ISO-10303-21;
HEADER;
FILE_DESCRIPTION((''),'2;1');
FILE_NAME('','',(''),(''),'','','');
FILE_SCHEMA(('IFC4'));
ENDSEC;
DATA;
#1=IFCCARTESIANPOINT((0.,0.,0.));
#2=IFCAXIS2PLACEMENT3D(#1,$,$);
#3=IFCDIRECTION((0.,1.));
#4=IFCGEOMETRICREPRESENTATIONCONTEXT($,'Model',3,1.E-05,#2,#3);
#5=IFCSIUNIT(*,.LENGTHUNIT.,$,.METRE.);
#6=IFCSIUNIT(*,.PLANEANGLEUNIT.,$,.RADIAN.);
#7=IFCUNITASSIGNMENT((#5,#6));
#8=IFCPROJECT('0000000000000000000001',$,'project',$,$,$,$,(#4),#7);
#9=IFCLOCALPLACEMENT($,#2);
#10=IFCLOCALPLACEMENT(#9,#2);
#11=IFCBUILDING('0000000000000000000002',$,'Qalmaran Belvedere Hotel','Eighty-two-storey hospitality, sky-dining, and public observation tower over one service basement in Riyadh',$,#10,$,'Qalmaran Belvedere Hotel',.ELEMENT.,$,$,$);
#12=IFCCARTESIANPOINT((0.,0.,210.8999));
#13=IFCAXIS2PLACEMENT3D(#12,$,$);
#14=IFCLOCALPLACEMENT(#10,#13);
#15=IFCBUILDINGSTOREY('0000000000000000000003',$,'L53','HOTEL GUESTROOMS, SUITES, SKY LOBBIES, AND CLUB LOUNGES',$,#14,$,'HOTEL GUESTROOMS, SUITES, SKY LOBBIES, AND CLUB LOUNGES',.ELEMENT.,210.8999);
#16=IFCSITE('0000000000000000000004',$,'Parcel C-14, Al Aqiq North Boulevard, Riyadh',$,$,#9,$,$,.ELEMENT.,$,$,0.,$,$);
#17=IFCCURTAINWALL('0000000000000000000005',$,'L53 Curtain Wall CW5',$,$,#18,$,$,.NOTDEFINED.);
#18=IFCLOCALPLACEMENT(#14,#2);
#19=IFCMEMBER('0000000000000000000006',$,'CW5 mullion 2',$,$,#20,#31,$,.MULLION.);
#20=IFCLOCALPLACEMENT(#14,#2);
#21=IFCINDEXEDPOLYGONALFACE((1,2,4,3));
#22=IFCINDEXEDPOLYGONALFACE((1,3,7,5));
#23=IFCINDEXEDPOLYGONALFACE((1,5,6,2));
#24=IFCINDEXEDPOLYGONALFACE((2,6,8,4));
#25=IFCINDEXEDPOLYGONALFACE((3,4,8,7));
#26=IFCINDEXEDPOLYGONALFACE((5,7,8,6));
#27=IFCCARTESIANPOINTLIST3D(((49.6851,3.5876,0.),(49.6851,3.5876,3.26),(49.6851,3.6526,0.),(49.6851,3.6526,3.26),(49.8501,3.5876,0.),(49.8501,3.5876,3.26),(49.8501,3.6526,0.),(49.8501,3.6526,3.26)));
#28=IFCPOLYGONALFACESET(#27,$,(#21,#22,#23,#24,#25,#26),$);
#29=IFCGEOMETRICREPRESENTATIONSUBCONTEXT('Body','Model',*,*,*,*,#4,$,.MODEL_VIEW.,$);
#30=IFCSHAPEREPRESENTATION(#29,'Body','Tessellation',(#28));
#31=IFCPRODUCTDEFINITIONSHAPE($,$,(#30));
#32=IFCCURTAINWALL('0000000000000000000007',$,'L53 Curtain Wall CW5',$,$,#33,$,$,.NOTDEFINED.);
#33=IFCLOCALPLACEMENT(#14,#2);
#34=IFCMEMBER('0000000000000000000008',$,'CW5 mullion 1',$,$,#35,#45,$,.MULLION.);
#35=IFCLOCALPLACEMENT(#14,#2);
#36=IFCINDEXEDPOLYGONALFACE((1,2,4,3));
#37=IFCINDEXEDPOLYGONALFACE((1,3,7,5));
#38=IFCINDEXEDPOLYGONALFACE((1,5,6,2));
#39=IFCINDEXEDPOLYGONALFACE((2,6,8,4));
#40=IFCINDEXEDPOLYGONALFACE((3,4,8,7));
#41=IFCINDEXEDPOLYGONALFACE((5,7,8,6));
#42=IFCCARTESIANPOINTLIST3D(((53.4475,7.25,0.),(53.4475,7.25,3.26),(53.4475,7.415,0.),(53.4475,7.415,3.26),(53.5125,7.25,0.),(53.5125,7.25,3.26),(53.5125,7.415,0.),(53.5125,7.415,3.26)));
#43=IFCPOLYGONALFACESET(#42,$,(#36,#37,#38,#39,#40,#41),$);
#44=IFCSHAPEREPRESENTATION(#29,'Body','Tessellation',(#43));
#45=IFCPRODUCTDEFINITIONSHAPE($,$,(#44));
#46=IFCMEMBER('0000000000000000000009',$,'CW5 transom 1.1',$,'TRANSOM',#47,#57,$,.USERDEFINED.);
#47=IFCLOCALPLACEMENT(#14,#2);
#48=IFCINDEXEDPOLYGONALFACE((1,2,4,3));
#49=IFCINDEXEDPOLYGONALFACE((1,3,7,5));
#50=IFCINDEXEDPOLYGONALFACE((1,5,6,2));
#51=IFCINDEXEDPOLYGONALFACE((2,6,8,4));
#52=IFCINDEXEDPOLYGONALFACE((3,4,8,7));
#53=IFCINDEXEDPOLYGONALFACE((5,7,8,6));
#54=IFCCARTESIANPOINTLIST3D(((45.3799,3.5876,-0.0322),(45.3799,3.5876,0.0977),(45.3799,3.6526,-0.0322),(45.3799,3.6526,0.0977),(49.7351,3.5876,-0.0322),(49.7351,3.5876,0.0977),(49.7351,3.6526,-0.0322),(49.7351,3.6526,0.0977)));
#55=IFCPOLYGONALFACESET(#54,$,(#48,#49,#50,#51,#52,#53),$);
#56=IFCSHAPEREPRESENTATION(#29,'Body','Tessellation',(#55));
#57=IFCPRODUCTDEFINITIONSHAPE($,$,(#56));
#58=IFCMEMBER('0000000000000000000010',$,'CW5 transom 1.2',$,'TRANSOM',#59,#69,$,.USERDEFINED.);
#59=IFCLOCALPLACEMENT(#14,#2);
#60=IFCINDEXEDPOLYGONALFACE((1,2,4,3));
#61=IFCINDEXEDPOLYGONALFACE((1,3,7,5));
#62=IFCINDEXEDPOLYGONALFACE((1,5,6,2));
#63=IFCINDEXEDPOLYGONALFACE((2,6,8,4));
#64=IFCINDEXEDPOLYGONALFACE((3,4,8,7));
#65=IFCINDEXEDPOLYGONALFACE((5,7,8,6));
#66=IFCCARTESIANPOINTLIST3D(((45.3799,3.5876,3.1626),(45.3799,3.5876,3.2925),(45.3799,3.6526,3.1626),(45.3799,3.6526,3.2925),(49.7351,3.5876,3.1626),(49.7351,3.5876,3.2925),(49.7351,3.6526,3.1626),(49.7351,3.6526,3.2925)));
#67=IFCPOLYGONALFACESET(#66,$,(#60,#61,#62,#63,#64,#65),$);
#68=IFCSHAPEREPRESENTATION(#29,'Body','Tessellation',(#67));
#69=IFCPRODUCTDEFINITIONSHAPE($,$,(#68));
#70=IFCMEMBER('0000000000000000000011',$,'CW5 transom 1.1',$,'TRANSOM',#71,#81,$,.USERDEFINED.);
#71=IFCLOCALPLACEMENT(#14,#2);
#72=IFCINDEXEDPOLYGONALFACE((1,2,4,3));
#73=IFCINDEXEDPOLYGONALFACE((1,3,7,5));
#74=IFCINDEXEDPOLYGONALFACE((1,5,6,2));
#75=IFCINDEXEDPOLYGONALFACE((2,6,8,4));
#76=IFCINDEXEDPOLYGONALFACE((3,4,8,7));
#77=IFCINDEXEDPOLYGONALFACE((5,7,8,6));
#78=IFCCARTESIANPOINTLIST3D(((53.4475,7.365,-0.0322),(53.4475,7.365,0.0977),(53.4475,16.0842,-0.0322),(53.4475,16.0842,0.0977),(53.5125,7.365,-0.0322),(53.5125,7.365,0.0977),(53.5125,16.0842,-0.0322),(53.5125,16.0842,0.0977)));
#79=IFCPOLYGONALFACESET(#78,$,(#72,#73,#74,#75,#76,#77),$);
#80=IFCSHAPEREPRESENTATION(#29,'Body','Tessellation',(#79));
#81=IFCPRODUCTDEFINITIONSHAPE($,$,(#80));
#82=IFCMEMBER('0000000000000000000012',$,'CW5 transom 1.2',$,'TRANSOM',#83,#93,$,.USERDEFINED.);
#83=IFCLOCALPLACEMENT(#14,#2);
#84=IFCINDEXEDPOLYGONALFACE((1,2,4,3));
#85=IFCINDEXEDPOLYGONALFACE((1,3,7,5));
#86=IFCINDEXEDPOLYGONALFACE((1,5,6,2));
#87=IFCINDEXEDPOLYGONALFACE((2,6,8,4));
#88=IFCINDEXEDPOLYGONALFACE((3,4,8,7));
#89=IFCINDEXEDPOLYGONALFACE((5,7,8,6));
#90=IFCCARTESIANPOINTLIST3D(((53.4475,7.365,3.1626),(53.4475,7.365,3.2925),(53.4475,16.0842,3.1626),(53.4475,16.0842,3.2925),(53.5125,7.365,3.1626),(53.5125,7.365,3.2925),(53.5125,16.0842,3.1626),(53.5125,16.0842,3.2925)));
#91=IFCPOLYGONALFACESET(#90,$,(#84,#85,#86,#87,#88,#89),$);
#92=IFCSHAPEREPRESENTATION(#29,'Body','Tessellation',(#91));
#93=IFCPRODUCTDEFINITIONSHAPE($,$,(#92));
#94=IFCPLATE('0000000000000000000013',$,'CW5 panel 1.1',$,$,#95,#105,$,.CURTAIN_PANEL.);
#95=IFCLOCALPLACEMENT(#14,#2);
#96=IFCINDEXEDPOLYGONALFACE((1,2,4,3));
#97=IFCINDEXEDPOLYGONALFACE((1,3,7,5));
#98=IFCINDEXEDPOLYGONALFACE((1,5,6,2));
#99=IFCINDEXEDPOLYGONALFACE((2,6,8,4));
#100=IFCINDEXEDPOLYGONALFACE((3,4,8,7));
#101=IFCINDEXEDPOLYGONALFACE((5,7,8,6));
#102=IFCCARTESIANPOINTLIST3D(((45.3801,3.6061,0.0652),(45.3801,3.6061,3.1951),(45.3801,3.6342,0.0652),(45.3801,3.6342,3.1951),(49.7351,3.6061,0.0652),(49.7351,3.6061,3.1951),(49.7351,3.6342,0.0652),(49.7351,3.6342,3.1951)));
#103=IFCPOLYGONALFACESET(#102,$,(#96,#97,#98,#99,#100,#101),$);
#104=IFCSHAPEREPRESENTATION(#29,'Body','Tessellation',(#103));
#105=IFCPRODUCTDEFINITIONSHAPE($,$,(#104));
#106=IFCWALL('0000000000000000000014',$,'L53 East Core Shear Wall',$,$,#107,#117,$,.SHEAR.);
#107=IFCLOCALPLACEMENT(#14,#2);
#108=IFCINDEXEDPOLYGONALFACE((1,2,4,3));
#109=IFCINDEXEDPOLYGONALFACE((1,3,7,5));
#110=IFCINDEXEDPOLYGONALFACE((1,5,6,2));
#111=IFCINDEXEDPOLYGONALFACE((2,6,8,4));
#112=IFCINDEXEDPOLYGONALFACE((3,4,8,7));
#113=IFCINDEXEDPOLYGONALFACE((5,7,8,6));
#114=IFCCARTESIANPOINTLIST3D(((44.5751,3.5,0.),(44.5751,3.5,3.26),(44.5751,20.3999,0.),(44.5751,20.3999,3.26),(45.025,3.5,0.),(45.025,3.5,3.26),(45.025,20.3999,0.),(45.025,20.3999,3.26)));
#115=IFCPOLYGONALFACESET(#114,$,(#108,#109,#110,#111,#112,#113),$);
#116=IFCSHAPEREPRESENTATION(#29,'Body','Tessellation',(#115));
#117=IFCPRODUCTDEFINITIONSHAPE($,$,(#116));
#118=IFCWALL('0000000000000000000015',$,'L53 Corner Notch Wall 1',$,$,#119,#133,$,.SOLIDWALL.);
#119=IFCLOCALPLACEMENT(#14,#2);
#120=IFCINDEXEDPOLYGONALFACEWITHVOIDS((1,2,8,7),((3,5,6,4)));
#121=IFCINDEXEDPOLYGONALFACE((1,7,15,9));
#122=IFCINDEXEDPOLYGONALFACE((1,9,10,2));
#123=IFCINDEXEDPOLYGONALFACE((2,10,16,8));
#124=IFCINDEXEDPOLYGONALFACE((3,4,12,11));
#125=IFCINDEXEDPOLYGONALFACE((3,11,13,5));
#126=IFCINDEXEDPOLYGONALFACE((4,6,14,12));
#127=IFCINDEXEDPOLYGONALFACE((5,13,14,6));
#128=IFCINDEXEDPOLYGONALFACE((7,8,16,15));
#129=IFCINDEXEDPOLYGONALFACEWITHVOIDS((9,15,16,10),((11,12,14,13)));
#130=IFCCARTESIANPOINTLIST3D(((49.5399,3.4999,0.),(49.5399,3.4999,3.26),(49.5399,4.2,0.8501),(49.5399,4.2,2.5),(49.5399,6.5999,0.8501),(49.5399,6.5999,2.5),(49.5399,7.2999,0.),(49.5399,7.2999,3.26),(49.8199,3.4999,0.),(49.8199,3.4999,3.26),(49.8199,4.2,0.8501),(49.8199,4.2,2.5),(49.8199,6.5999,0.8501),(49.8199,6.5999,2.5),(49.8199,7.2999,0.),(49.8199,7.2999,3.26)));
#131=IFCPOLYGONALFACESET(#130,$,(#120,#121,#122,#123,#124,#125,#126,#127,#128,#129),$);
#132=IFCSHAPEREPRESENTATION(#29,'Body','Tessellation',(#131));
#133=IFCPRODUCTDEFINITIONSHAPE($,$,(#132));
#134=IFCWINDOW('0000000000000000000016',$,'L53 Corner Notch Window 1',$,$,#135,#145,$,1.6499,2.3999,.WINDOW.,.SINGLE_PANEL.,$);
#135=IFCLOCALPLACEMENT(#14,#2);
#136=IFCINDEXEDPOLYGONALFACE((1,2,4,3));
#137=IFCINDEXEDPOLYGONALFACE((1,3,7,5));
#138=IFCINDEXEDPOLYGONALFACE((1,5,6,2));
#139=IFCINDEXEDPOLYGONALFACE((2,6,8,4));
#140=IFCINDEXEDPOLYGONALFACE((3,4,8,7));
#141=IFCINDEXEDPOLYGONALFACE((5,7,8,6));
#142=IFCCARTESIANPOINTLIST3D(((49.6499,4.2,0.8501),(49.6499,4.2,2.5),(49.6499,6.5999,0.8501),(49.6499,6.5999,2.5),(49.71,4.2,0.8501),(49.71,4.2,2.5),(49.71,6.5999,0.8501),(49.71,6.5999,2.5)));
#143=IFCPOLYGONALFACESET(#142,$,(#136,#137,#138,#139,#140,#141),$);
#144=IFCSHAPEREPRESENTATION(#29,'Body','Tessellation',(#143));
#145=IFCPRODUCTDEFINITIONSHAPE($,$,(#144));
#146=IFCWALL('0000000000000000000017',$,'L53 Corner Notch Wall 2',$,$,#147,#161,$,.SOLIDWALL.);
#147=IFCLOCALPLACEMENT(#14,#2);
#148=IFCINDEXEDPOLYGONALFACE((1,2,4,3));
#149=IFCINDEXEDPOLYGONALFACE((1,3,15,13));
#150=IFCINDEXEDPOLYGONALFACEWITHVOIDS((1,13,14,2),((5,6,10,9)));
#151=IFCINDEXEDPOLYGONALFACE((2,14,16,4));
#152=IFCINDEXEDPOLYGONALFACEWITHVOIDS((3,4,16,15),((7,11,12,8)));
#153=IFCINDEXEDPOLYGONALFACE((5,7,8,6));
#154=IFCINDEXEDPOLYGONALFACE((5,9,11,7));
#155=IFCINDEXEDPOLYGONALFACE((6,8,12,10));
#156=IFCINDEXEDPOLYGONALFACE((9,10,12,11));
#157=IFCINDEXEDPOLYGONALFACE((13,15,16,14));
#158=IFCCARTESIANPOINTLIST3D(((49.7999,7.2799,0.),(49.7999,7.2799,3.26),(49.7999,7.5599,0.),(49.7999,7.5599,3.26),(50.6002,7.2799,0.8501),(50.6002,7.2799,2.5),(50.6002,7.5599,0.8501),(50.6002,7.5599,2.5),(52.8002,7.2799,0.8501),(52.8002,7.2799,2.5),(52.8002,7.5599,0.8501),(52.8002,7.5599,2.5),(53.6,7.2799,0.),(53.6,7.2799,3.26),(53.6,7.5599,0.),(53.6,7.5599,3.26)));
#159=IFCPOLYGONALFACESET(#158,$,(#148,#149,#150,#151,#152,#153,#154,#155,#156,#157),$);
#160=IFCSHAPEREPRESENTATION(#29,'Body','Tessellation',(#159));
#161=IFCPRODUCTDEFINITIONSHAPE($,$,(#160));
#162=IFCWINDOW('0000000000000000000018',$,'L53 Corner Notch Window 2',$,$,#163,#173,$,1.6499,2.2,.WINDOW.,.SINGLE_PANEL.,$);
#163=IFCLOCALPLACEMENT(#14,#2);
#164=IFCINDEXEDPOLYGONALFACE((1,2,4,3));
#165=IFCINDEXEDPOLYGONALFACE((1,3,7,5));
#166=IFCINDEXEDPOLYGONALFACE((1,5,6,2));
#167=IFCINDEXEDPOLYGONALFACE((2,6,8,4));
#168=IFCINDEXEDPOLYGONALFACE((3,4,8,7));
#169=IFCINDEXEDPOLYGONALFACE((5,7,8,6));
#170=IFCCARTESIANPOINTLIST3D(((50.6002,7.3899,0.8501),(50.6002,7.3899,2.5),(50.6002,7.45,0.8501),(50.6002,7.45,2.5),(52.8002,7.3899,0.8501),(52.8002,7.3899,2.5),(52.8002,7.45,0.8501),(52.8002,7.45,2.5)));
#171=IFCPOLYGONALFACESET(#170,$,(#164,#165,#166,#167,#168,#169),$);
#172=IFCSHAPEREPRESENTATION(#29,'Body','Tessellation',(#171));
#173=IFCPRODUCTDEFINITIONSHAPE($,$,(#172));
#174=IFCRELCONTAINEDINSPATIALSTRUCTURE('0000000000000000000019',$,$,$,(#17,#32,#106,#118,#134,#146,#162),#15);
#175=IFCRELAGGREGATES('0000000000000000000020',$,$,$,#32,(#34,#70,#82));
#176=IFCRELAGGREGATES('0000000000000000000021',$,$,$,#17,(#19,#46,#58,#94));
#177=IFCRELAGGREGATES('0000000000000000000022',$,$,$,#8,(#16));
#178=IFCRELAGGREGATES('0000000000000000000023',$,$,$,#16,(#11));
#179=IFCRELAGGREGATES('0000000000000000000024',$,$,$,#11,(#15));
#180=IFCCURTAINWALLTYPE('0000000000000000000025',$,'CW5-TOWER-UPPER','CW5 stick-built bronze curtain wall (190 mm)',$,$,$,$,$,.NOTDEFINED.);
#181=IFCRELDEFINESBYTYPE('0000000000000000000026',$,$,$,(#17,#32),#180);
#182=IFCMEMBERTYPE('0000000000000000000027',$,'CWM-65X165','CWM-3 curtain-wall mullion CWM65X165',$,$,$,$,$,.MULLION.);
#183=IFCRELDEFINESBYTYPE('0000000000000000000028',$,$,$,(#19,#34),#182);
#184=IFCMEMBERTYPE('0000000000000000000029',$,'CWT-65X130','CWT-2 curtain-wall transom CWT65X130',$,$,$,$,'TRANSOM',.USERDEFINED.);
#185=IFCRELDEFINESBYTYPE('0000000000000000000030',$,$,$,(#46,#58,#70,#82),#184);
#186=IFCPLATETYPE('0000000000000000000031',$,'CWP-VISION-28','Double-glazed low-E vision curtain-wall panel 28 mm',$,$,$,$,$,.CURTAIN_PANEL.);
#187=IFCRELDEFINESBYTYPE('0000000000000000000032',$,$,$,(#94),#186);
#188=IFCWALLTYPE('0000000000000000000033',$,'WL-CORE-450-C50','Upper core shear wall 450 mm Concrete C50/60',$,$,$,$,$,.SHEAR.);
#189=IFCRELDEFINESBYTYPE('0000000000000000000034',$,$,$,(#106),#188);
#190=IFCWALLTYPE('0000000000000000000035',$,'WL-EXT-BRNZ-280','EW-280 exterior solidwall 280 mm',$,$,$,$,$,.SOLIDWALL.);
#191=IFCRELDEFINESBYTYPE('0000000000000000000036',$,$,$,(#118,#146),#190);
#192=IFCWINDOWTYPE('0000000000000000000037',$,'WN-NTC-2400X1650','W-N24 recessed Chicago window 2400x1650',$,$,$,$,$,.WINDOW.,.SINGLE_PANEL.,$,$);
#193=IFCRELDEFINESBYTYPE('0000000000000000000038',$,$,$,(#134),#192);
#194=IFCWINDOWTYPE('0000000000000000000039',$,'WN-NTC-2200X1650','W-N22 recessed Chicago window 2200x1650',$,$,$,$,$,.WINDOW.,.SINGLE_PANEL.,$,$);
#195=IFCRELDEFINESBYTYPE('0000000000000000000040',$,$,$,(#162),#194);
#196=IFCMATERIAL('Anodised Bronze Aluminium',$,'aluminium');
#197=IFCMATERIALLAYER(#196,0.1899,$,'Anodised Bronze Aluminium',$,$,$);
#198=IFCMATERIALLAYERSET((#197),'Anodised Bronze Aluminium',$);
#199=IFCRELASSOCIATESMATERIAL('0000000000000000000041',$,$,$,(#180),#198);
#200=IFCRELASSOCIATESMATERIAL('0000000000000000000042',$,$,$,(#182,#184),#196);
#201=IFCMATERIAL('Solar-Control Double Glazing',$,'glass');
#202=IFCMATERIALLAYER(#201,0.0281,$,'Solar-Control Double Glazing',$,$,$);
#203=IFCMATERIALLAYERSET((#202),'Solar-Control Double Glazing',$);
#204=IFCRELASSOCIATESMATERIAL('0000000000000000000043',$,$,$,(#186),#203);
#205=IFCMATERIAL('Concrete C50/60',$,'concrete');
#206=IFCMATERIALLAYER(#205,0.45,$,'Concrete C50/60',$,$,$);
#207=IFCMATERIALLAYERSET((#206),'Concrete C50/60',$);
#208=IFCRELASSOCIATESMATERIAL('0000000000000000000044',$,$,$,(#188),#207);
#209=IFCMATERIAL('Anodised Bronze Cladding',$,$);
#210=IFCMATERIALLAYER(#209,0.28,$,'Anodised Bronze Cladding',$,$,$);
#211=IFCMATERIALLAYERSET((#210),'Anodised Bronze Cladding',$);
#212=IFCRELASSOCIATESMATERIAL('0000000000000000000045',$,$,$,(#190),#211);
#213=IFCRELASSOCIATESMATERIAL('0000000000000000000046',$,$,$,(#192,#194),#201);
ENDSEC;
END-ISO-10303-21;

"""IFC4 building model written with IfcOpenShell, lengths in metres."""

from ifc_helpers import new_model, si_unit, direction, frame, frame_2d, origin, origin_2d, place, context, subcontext, project, spatial, rectangle, extrude, material, layer, layer_set, material_profile, profile_set, type_object, element, fill, aggregate, save


model = new_model("IFC4")

# Units and contexts
model_context = context("Model", 3, precision=1e-05, world=origin(), true_north=direction((0.0, 1.0)))
body_context = subcontext(model_context, "Body", "Model", "MODEL_VIEW")
ifc_project = project(units=[si_unit("LENGTHUNIT", "METRE"), si_unit("PLANEANGLEUNIT", "RADIAN")], contexts=[model_context])

# Site, building, storey
site_placement = place(None, origin())
site = spatial("IfcSite", under=ifc_project, at=site_placement, Name="Parcel C-14, Al Aqiq North Boulevard, Riyadh", CompositionType="ELEMENT", RefElevation=0.0)
building_placement = place(site_placement, origin())
building = spatial("IfcBuilding", under=site, at=building_placement, Name="Qalmaran Belvedere Hotel", Description="Eighty-two-storey hospitality, sky-dining, and public observation tower over one service basement in Riyadh", LongName="Qalmaran Belvedere Hotel", CompositionType="ELEMENT")
storey_placement = place(building_placement, frame((0.0, 0.0, 210.8999)))
storey = spatial("IfcBuildingStorey", under=building, at=storey_placement, Name="L53", Description="HOTEL GUESTROOMS, SUITES, SKY LOBBIES, AND CLUB LOUNGES", LongName="HOTEL GUESTROOMS, SUITES, SKY LOBBIES, AND CLUB LOUNGES", CompositionType="ELEMENT", Elevation=210.8999)

# Shared definitions
ifc_material_1 = material(Name="Concrete C50/60", Category="concrete")

# Curtain wall, member
ifc_material_2 = material(Name="Anodised Bronze Aluminium", Category="aluminium")
ifc_layer_1 = layer(ifc_material_2, 0.1899, Name="Anodised Bronze Aluminium")
ifc_layer_set_1 = layer_set([ifc_layer_1], Name="Anodised Bronze Aluminium")
curtain_wall_type = type_object("IfcCurtainWallType", Name="CW5-TOWER-UPPER", Description="CW5 stick-built bronze curtain wall (190 mm)", PredefinedType="NOTDEFINED", material=ifc_layer_set_1)
curtain_wall_1_placement = place(storey_placement, origin())
curtain_wall_1 = element("IfcCurtainWall", 1, at=curtain_wall_1_placement, inside=storey, type_object=curtain_wall_type, Name="L53 Curtain Wall CW5", PredefinedType="NOTDEFINED")
ifc_material_profile_1 = material_profile(ifc_material_2, rectangle(XDim=0.0649, YDim=0.165, at=origin_2d()), Name="CWM65X165")
ifc_profile_set_1 = profile_set([ifc_material_profile_1], Name="Anodised Bronze Aluminium")
member_type_1 = type_object("IfcMemberType", Name="CWM-65X165", Description="CWM-3 curtain-wall mullion CWM65X165", PredefinedType="MULLION", material=ifc_profile_set_1)
member_1_placement = place(storey_placement, frame((49.7676, 3.6201, 0.0), z_axis=(0.0, 0.0, 1.0), x_axis=(0.0, 1.0, 0.0)))
member_1 = element("IfcMember", 2, at=member_1_placement, type_object=member_type_1, Name="CW5 mullion 2", PredefinedType="MULLION", context=body_context, shape_type="SweptSolid", body=[
    extrude(rectangle(XDim=0.0649, YDim=0.165, at=origin_2d()), origin(), (0.0, 0.0, 1.0), 3.26),
])

# Curtain wall, member
curtain_wall_2_placement = place(storey_placement, origin())
curtain_wall_2 = element("IfcCurtainWall", 3, at=curtain_wall_2_placement, inside=storey, type_object=curtain_wall_type, Name="L53 Curtain Wall CW5", PredefinedType="NOTDEFINED")
member_2_placement = place(storey_placement, frame((53.48, 7.3325, 0.0), z_axis=(0.0, 0.0, 1.0), x_axis=(-1.0, 0.0, 0.0)))
member_2 = element("IfcMember", 4, at=member_2_placement, type_object=member_type_1, Name="CW5 mullion 1", PredefinedType="MULLION", context=body_context, shape_type="SweptSolid", body=[
    extrude(rectangle(XDim=0.0649, YDim=0.165, at=origin_2d()), origin(), (0.0, 0.0, 1.0), 3.26),
])

# Members
ifc_material_profile_2 = material_profile(ifc_material_2, rectangle(XDim=0.0649, YDim=0.1299, at=origin_2d()), Name="CWT65X130")
ifc_profile_set_2 = profile_set([ifc_material_profile_2], Name="Anodised Bronze Aluminium")
member_type_2 = type_object("IfcMemberType", Name="CWT-65X130", Description="CWT-2 curtain-wall transom CWT65X130", ElementType="TRANSOM", PredefinedType="USERDEFINED", material=ifc_profile_set_2)
member_3_placement = place(storey_placement, frame((45.3799, 3.6201, 0.0327), z_axis=(1.0, 0.0, 0.0), x_axis=(0.0, 1.0, 0.0)))
member_3 = element("IfcMember", 5, at=member_3_placement, type_object=member_type_2, Name="CW5 transom 1.1", ObjectType="TRANSOM", PredefinedType="USERDEFINED", context=body_context, shape_type="SweptSolid", body=[
    extrude(rectangle(XDim=0.0649, YDim=0.1299, at=origin_2d()), origin(), (0.0, 0.0, 1.0), 4.3552),
])
member_4_placement = place(storey_placement, frame((45.3799, 3.6201, 3.2275), z_axis=(1.0, 0.0, 0.0), x_axis=(0.0, 1.0, 0.0)))
member_4 = element("IfcMember", 6, at=member_4_placement, type_object=member_type_2, Name="CW5 transom 1.2", ObjectType="TRANSOM", PredefinedType="USERDEFINED", context=body_context, shape_type="SweptSolid", body=[
    extrude(rectangle(XDim=0.0649, YDim=0.1299, at=origin_2d()), origin(), (0.0, 0.0, 1.0), 4.3552),
])
member_5_placement = place(storey_placement, frame((53.48, 7.365, 0.0327), z_axis=(0.0, 1.0, 0.0), x_axis=(-1.0, 0.0, 0.0)))
member_5 = element("IfcMember", 7, at=member_5_placement, type_object=member_type_2, Name="CW5 transom 1.1", ObjectType="TRANSOM", PredefinedType="USERDEFINED", context=body_context, shape_type="SweptSolid", body=[
    extrude(rectangle(XDim=0.0649, YDim=0.1299, at=origin_2d()), origin(), (0.0, 0.0, 1.0), 8.7192),
])
member_6_placement = place(storey_placement, frame((53.48, 7.365, 3.2275), z_axis=(0.0, 1.0, 0.0), x_axis=(-1.0, 0.0, 0.0)))
member_6 = element("IfcMember", 8, at=member_6_placement, type_object=member_type_2, Name="CW5 transom 1.2", ObjectType="TRANSOM", PredefinedType="USERDEFINED", context=body_context, shape_type="SweptSolid", body=[
    extrude(rectangle(XDim=0.0649, YDim=0.1299, at=origin_2d()), origin(), (0.0, 0.0, 1.0), 8.7192),
])
aggregate(curtain_wall_2, [member_2, member_5, member_6])

# Plate
ifc_material_3 = material(Name="Solar-Control Double Glazing", Category="glass")
ifc_layer_2 = layer(ifc_material_3, 0.0281, Name="Solar-Control Double Glazing")
ifc_layer_set_2 = layer_set([ifc_layer_2], Name="Solar-Control Double Glazing")
plate_type = type_object("IfcPlateType", Name="CWP-VISION-28", Description="Double-glazed low-E vision curtain-wall panel 28 mm", PredefinedType="CURTAIN_PANEL", material=ifc_layer_set_2)
plate_placement = place(storey_placement, frame((47.5576, 3.6201, 0.0652), z_axis=(0.0, 0.0, 1.0), x_axis=(1.0, 0.0, 0.0)))
plate = element("IfcPlate", 9, at=plate_placement, type_object=plate_type, Name="CW5 panel 1.1", PredefinedType="CURTAIN_PANEL", context=body_context, shape_type="SweptSolid", body=[
    extrude(rectangle(XDim=4.355, YDim=0.0281, at=origin_2d()), origin(), (0.0, 0.0, 1.0), 3.1299),
])
aggregate(curtain_wall_1, [member_1, member_3, member_4, plate])

# Wall
ifc_layer_3 = layer(ifc_material_1, 0.45, Name="Concrete C50/60")
ifc_layer_set_3 = layer_set([ifc_layer_3], Name="Concrete C50/60")
wall_type_1 = type_object("IfcWallType", Name="WL-CORE-450-C50", Description="Upper core shear wall 450 mm Concrete C50/60", PredefinedType="SHEAR", material=ifc_layer_set_3)
wall_1_placement = place(storey_placement, frame((44.8, 3.5, 0.0), z_axis=(0.0, 0.0, 1.0), x_axis=(0.0, 1.0, 0.0)))
element("IfcWall", 10, at=wall_1_placement, inside=storey, type_object=wall_type_1, Name="L53 East Core Shear Wall", PredefinedType="SHEAR", context=body_context, shape_type="SweptSolid", body=[
    extrude(rectangle(XDim=16.8999, YDim=0.45, at=frame_2d((8.45, 0.0))), origin(), (0.0, 0.0, 1.0), 3.26),
])

# Walls, openings, windows
ifc_material_4 = material(Name="Anodised Bronze Cladding")
ifc_layer_4 = layer(ifc_material_4, 0.28, Name="Anodised Bronze Cladding")
ifc_layer_set_4 = layer_set([ifc_layer_4], Name="Anodised Bronze Cladding")
wall_type_2 = type_object("IfcWallType", Name="WL-EXT-BRNZ-280", Description="EW-280 exterior solidwall 280 mm", PredefinedType="SOLIDWALL", material=ifc_layer_set_4)
wall_2_placement = place(storey_placement, frame((49.6799, 3.5, 0.0), z_axis=(0.0, 0.0, 1.0), x_axis=(0.0, 1.0, 0.0)))
wall_2 = element("IfcWall", 11, at=wall_2_placement, inside=storey, type_object=wall_type_2, Name="L53 Corner Notch Wall 1", PredefinedType="SOLIDWALL", context=body_context, shape_type="SweptSolid", body=[
    extrude(rectangle(XDim=3.8, YDim=0.28, at=frame_2d((1.8999, 0.0))), origin(), (0.0, 0.0, 1.0), 3.26),
])
opening_1_placement = place(wall_2_placement, frame((0.7, 0.0, 0.8501)))
opening_1 = element("IfcOpeningElement", 12, at=opening_1_placement, cuts=wall_2, PredefinedType="OPENING", context=body_context, shape_type="SweptSolid", body=[
    extrude(rectangle(XDim=2.3999, YDim=1.6499, at=frame_2d((1.2, 0.825))), frame((0.0, 0.1499, 0.0), z_axis=(0.0, -1.0, 0.0), x_axis=(1.0, 0.0, 0.0)), (0.0, 0.0, 1.0), 0.3),
])
window_type_1 = type_object("IfcWindowType", Name="WN-NTC-2400X1650", Description="W-N24 recessed Chicago window 2400x1650", PartitioningType="SINGLE_PANEL", PredefinedType="WINDOW", material=ifc_material_3)
window_1_placement = place(opening_1_placement, origin())
window_1 = element("IfcWindow", 13, at=window_1_placement, inside=storey, type_object=window_type_1, Name="L53 Corner Notch Window 1", OverallHeight=1.6499, OverallWidth=2.3999, PartitioningType="SINGLE_PANEL", PredefinedType="WINDOW", context=body_context, shape_type="SweptSolid", body=[
    extrude(rectangle(XDim=2.3999, YDim=1.6499, at=frame_2d((1.2, 0.825))), frame((0.0, 0.03, 0.0), z_axis=(0.0, -1.0, 0.0), x_axis=(1.0, 0.0, 0.0)), (0.0, 0.0, 1.0), 0.0601),
])
fill(opening_1, window_1)
wall_3_placement = place(storey_placement, frame((49.8, 7.4199, 0.0), z_axis=(0.0, 0.0, 1.0), x_axis=(1.0, 0.0, 0.0)))
wall_3 = element("IfcWall", 14, at=wall_3_placement, inside=storey, type_object=wall_type_2, Name="L53 Corner Notch Wall 2", PredefinedType="SOLIDWALL", context=body_context, shape_type="SweptSolid", body=[
    extrude(rectangle(XDim=3.8, YDim=0.28, at=frame_2d((1.8999, 0.0))), origin(), (0.0, 0.0, 1.0), 3.26),
])
opening_2_placement = place(wall_3_placement, frame((0.8, 0.0, 0.8501)))
opening_2 = element("IfcOpeningElement", 15, at=opening_2_placement, cuts=wall_3, PredefinedType="OPENING", context=body_context, shape_type="SweptSolid", body=[
    extrude(rectangle(XDim=2.2, YDim=1.6499, at=frame_2d((1.1001, 0.825))), frame((0.0, 0.1499, 0.0), z_axis=(0.0, -1.0, 0.0), x_axis=(1.0, 0.0, 0.0)), (0.0, 0.0, 1.0), 0.3),
])
window_type_2 = type_object("IfcWindowType", Name="WN-NTC-2200X1650", Description="W-N22 recessed Chicago window 2200x1650", PartitioningType="SINGLE_PANEL", PredefinedType="WINDOW", material=ifc_material_3)
window_2_placement = place(opening_2_placement, origin())
window_2 = element("IfcWindow", 16, at=window_2_placement, inside=storey, type_object=window_type_2, Name="L53 Corner Notch Window 2", OverallHeight=1.6499, OverallWidth=2.2, PartitioningType="SINGLE_PANEL", PredefinedType="WINDOW", context=body_context, shape_type="SweptSolid", body=[
    extrude(rectangle(XDim=2.2, YDim=1.6499, at=frame_2d((1.1001, 0.825))), frame((0.0, 0.03, 0.0), z_axis=(0.0, -1.0, 0.0), x_axis=(1.0, 0.0, 0.0)), (0.0, 0.0, 1.0), 0.0601),
])
fill(opening_2, window_2)

save(model, "model.ifc")
